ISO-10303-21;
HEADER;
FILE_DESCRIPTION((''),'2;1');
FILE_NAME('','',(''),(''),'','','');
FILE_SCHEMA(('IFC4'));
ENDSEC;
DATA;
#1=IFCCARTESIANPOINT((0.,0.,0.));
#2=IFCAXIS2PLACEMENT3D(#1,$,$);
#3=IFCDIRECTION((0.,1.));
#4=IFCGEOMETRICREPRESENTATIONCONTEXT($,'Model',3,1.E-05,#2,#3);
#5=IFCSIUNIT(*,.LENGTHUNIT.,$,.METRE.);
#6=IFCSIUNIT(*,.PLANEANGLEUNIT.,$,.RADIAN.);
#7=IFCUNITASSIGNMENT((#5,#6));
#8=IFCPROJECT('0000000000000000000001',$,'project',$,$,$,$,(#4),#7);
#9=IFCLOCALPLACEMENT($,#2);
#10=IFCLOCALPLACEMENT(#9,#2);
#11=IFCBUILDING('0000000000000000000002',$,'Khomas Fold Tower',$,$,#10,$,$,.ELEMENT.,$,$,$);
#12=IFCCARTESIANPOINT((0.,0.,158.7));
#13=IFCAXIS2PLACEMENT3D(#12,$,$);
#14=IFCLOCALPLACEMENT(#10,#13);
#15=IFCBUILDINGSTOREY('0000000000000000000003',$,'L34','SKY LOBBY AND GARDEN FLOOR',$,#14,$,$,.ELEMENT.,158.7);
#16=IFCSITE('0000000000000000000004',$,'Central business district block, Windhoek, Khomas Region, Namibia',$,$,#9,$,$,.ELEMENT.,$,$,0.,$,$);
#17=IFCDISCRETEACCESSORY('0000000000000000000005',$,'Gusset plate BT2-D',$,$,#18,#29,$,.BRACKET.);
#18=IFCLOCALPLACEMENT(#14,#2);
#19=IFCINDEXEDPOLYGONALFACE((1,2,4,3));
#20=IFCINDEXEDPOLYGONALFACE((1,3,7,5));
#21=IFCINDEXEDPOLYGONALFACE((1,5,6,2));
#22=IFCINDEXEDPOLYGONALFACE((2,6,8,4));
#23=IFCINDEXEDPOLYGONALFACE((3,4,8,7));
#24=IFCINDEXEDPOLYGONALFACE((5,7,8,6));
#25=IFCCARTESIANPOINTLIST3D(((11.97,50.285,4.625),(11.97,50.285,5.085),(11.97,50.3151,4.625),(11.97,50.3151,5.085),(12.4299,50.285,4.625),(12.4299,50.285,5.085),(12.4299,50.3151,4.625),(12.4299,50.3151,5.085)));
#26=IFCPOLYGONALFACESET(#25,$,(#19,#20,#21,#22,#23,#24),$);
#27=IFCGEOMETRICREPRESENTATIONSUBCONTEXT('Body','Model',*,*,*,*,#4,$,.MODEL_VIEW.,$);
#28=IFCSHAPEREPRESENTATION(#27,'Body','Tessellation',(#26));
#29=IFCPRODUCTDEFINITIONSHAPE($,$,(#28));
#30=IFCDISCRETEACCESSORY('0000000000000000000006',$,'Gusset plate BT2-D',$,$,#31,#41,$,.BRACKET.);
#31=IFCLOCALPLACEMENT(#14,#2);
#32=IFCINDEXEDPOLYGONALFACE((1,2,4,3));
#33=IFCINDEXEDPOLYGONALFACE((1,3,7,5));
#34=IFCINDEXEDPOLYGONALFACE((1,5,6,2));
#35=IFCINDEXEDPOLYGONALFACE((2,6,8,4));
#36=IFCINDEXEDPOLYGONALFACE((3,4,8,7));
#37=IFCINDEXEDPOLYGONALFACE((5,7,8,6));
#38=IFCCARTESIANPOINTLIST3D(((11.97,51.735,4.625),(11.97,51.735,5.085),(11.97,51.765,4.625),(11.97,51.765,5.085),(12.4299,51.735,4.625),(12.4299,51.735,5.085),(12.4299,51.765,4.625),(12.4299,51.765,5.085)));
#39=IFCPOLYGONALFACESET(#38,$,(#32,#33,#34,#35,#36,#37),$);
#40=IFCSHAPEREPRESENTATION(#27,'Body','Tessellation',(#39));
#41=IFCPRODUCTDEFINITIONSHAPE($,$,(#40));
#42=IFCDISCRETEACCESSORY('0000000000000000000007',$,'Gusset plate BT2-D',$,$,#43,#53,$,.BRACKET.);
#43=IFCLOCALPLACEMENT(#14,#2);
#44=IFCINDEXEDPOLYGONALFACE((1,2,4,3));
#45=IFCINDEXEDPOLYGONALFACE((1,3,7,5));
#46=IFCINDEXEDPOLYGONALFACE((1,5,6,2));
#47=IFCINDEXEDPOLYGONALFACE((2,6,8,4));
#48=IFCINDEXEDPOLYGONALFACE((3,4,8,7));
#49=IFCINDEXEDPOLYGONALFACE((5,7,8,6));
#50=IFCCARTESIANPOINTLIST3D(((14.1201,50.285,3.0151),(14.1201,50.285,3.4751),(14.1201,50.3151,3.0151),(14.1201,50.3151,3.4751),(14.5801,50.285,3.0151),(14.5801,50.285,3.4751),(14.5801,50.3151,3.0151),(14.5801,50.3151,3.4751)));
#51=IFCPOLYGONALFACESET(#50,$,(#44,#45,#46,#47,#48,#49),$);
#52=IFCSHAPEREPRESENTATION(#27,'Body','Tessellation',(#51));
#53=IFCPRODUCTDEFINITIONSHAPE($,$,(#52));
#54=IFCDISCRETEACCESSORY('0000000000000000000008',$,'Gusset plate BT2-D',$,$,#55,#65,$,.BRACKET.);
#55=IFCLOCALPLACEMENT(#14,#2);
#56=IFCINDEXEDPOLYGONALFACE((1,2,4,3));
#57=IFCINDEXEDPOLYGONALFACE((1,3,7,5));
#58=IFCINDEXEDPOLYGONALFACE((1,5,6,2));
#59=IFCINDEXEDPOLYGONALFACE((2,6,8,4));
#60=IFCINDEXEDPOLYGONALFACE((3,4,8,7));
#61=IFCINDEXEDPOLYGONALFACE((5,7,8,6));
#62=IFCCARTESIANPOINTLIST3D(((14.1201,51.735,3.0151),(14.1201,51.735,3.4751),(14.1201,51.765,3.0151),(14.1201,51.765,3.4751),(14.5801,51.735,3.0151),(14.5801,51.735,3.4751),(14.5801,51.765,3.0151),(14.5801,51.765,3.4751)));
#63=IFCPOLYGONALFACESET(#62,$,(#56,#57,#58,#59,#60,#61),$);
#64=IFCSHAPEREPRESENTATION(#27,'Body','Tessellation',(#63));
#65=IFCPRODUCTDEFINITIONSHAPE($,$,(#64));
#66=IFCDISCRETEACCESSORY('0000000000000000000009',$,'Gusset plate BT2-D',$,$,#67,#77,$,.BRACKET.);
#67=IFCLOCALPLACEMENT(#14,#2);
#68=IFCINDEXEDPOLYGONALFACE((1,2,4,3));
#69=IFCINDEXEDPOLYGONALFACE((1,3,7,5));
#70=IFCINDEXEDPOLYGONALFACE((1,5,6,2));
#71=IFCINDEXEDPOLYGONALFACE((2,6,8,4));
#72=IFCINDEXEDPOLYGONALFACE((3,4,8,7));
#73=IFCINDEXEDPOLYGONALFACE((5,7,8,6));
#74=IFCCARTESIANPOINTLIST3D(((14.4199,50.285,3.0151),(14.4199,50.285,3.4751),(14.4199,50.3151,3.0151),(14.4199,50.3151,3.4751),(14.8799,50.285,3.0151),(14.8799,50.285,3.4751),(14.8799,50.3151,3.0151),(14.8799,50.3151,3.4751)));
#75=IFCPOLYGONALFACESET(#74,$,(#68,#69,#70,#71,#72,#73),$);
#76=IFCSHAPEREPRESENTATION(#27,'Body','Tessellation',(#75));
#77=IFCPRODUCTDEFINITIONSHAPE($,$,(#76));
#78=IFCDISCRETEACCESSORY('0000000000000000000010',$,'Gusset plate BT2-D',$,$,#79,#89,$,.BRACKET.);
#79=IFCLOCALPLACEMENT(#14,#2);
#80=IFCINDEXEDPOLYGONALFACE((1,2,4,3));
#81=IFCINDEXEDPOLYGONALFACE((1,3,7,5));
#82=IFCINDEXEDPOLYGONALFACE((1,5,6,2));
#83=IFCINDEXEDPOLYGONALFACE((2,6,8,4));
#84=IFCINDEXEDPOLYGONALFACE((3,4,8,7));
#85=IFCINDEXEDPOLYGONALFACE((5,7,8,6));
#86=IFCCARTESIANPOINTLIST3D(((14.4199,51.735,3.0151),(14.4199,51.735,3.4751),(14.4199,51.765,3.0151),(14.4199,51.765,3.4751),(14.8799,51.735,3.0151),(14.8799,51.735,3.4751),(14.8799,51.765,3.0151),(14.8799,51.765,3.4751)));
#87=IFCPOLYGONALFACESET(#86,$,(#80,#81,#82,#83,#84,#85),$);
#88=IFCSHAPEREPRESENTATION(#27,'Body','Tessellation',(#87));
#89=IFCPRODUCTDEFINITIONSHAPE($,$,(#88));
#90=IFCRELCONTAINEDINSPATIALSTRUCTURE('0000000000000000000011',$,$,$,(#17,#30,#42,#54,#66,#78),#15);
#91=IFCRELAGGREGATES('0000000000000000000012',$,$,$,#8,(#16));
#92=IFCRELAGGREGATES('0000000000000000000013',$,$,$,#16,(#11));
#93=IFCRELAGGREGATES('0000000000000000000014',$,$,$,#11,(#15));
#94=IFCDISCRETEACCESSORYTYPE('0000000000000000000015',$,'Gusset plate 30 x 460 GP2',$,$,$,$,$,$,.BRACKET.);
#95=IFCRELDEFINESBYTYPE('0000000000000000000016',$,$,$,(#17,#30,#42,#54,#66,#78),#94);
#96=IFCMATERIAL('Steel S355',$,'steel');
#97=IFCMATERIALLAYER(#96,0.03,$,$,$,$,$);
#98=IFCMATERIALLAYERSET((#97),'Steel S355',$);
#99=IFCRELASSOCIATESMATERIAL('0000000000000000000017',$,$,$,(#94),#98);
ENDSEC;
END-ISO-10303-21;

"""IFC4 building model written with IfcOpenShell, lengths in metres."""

from ifc_helpers import new_model, si_unit, direction, frame, origin, origin_2d, place, context, subcontext, project, spatial, rectangle, extrude, source, transform, mapped, material, layer, layer_set, type_object, element, save


model = new_model("IFC4")

# Units and contexts
model_context = context("Model", 3, precision=1e-05, world=origin(), true_north=direction((0.0, 1.0)))
body_context = subcontext(model_context, "Body", "Model", "MODEL_VIEW")
ifc_project = project(units=[si_unit("LENGTHUNIT", "METRE"), si_unit("PLANEANGLEUNIT", "RADIAN")], contexts=[model_context])

# Site, building, storey
site_placement = place(None, origin())
site = spatial("IfcSite", under=ifc_project, at=site_placement, Name="Central business district block, Windhoek, Khomas Region, Namibia", CompositionType="ELEMENT", RefElevation=0.0)
building_placement = place(site_placement, origin())
building = spatial("IfcBuilding", under=site, at=building_placement, Name="Khomas Fold Tower", CompositionType="ELEMENT")
storey_placement = place(building_placement, frame((0.0, 0.0, 158.7)))
storey = spatial("IfcBuildingStorey", under=building, at=storey_placement, Name="L34", Description="SKY LOBBY AND GARDEN FLOOR", CompositionType="ELEMENT", Elevation=158.7)

# Discrete accessories
ifc_material_1 = material(Name="Steel S355", Category="steel")
ifc_layer_1 = layer(ifc_material_1, 0.03)
ifc_layer_set_1 = layer_set([ifc_layer_1], Name="Steel S355")
discrete_accessory_type = type_object("IfcDiscreteAccessoryType", Name="Gusset plate 30 x 460 GP2", PredefinedType="BRACKET", material=ifc_layer_set_1)
shared_shape_1 = source(origin(), body_context, "Body", "SweptSolid", [
    extrude(rectangle(XDim=0.46, YDim=0.03, at=origin_2d()), origin(), (0.0, 0.0, 1.0), 0.46),
])
for number, where, z_axis, x_axis, name in (
    (1, (12.2, 50.3, 4.625), (0.0, 0.0, 1.0), (1.0, 0.0, 0.0), "Gusset plate BT2-D"),
    (2, (12.2, 51.75, 4.625), (0.0, 0.0, 1.0), (1.0, 0.0, 0.0), "Gusset plate BT2-D"),
    (3, (14.3501, 50.3, 3.0151), (0.0, 0.0, 1.0), (1.0, 0.0, 0.0), "Gusset plate BT2-D"),
    (4, (14.3501, 51.75, 3.0151), (0.0, 0.0, 1.0), (1.0, 0.0, 0.0), "Gusset plate BT2-D"),
    (5, (14.6499, 50.3, 3.0151), (0.0, 0.0, 1.0), (1.0, 0.0, 0.0), "Gusset plate BT2-D"),
    (6, (14.6499, 51.75, 3.0151), (0.0, 0.0, 1.0), (1.0, 0.0, 0.0), "Gusset plate BT2-D"),
):
    element("IfcDiscreteAccessory", number, at=place(storey_placement, frame(where, z_axis=z_axis, x_axis=x_axis)), inside=storey, type_object=discrete_accessory_type, Name=name, PredefinedType="BRACKET", context=body_context, shape_type="MappedRepresentation", body=[
        mapped(shared_shape_1, transform((0.0, 0.0, 0.0))),
    ])

save(model, "model.ifc")
